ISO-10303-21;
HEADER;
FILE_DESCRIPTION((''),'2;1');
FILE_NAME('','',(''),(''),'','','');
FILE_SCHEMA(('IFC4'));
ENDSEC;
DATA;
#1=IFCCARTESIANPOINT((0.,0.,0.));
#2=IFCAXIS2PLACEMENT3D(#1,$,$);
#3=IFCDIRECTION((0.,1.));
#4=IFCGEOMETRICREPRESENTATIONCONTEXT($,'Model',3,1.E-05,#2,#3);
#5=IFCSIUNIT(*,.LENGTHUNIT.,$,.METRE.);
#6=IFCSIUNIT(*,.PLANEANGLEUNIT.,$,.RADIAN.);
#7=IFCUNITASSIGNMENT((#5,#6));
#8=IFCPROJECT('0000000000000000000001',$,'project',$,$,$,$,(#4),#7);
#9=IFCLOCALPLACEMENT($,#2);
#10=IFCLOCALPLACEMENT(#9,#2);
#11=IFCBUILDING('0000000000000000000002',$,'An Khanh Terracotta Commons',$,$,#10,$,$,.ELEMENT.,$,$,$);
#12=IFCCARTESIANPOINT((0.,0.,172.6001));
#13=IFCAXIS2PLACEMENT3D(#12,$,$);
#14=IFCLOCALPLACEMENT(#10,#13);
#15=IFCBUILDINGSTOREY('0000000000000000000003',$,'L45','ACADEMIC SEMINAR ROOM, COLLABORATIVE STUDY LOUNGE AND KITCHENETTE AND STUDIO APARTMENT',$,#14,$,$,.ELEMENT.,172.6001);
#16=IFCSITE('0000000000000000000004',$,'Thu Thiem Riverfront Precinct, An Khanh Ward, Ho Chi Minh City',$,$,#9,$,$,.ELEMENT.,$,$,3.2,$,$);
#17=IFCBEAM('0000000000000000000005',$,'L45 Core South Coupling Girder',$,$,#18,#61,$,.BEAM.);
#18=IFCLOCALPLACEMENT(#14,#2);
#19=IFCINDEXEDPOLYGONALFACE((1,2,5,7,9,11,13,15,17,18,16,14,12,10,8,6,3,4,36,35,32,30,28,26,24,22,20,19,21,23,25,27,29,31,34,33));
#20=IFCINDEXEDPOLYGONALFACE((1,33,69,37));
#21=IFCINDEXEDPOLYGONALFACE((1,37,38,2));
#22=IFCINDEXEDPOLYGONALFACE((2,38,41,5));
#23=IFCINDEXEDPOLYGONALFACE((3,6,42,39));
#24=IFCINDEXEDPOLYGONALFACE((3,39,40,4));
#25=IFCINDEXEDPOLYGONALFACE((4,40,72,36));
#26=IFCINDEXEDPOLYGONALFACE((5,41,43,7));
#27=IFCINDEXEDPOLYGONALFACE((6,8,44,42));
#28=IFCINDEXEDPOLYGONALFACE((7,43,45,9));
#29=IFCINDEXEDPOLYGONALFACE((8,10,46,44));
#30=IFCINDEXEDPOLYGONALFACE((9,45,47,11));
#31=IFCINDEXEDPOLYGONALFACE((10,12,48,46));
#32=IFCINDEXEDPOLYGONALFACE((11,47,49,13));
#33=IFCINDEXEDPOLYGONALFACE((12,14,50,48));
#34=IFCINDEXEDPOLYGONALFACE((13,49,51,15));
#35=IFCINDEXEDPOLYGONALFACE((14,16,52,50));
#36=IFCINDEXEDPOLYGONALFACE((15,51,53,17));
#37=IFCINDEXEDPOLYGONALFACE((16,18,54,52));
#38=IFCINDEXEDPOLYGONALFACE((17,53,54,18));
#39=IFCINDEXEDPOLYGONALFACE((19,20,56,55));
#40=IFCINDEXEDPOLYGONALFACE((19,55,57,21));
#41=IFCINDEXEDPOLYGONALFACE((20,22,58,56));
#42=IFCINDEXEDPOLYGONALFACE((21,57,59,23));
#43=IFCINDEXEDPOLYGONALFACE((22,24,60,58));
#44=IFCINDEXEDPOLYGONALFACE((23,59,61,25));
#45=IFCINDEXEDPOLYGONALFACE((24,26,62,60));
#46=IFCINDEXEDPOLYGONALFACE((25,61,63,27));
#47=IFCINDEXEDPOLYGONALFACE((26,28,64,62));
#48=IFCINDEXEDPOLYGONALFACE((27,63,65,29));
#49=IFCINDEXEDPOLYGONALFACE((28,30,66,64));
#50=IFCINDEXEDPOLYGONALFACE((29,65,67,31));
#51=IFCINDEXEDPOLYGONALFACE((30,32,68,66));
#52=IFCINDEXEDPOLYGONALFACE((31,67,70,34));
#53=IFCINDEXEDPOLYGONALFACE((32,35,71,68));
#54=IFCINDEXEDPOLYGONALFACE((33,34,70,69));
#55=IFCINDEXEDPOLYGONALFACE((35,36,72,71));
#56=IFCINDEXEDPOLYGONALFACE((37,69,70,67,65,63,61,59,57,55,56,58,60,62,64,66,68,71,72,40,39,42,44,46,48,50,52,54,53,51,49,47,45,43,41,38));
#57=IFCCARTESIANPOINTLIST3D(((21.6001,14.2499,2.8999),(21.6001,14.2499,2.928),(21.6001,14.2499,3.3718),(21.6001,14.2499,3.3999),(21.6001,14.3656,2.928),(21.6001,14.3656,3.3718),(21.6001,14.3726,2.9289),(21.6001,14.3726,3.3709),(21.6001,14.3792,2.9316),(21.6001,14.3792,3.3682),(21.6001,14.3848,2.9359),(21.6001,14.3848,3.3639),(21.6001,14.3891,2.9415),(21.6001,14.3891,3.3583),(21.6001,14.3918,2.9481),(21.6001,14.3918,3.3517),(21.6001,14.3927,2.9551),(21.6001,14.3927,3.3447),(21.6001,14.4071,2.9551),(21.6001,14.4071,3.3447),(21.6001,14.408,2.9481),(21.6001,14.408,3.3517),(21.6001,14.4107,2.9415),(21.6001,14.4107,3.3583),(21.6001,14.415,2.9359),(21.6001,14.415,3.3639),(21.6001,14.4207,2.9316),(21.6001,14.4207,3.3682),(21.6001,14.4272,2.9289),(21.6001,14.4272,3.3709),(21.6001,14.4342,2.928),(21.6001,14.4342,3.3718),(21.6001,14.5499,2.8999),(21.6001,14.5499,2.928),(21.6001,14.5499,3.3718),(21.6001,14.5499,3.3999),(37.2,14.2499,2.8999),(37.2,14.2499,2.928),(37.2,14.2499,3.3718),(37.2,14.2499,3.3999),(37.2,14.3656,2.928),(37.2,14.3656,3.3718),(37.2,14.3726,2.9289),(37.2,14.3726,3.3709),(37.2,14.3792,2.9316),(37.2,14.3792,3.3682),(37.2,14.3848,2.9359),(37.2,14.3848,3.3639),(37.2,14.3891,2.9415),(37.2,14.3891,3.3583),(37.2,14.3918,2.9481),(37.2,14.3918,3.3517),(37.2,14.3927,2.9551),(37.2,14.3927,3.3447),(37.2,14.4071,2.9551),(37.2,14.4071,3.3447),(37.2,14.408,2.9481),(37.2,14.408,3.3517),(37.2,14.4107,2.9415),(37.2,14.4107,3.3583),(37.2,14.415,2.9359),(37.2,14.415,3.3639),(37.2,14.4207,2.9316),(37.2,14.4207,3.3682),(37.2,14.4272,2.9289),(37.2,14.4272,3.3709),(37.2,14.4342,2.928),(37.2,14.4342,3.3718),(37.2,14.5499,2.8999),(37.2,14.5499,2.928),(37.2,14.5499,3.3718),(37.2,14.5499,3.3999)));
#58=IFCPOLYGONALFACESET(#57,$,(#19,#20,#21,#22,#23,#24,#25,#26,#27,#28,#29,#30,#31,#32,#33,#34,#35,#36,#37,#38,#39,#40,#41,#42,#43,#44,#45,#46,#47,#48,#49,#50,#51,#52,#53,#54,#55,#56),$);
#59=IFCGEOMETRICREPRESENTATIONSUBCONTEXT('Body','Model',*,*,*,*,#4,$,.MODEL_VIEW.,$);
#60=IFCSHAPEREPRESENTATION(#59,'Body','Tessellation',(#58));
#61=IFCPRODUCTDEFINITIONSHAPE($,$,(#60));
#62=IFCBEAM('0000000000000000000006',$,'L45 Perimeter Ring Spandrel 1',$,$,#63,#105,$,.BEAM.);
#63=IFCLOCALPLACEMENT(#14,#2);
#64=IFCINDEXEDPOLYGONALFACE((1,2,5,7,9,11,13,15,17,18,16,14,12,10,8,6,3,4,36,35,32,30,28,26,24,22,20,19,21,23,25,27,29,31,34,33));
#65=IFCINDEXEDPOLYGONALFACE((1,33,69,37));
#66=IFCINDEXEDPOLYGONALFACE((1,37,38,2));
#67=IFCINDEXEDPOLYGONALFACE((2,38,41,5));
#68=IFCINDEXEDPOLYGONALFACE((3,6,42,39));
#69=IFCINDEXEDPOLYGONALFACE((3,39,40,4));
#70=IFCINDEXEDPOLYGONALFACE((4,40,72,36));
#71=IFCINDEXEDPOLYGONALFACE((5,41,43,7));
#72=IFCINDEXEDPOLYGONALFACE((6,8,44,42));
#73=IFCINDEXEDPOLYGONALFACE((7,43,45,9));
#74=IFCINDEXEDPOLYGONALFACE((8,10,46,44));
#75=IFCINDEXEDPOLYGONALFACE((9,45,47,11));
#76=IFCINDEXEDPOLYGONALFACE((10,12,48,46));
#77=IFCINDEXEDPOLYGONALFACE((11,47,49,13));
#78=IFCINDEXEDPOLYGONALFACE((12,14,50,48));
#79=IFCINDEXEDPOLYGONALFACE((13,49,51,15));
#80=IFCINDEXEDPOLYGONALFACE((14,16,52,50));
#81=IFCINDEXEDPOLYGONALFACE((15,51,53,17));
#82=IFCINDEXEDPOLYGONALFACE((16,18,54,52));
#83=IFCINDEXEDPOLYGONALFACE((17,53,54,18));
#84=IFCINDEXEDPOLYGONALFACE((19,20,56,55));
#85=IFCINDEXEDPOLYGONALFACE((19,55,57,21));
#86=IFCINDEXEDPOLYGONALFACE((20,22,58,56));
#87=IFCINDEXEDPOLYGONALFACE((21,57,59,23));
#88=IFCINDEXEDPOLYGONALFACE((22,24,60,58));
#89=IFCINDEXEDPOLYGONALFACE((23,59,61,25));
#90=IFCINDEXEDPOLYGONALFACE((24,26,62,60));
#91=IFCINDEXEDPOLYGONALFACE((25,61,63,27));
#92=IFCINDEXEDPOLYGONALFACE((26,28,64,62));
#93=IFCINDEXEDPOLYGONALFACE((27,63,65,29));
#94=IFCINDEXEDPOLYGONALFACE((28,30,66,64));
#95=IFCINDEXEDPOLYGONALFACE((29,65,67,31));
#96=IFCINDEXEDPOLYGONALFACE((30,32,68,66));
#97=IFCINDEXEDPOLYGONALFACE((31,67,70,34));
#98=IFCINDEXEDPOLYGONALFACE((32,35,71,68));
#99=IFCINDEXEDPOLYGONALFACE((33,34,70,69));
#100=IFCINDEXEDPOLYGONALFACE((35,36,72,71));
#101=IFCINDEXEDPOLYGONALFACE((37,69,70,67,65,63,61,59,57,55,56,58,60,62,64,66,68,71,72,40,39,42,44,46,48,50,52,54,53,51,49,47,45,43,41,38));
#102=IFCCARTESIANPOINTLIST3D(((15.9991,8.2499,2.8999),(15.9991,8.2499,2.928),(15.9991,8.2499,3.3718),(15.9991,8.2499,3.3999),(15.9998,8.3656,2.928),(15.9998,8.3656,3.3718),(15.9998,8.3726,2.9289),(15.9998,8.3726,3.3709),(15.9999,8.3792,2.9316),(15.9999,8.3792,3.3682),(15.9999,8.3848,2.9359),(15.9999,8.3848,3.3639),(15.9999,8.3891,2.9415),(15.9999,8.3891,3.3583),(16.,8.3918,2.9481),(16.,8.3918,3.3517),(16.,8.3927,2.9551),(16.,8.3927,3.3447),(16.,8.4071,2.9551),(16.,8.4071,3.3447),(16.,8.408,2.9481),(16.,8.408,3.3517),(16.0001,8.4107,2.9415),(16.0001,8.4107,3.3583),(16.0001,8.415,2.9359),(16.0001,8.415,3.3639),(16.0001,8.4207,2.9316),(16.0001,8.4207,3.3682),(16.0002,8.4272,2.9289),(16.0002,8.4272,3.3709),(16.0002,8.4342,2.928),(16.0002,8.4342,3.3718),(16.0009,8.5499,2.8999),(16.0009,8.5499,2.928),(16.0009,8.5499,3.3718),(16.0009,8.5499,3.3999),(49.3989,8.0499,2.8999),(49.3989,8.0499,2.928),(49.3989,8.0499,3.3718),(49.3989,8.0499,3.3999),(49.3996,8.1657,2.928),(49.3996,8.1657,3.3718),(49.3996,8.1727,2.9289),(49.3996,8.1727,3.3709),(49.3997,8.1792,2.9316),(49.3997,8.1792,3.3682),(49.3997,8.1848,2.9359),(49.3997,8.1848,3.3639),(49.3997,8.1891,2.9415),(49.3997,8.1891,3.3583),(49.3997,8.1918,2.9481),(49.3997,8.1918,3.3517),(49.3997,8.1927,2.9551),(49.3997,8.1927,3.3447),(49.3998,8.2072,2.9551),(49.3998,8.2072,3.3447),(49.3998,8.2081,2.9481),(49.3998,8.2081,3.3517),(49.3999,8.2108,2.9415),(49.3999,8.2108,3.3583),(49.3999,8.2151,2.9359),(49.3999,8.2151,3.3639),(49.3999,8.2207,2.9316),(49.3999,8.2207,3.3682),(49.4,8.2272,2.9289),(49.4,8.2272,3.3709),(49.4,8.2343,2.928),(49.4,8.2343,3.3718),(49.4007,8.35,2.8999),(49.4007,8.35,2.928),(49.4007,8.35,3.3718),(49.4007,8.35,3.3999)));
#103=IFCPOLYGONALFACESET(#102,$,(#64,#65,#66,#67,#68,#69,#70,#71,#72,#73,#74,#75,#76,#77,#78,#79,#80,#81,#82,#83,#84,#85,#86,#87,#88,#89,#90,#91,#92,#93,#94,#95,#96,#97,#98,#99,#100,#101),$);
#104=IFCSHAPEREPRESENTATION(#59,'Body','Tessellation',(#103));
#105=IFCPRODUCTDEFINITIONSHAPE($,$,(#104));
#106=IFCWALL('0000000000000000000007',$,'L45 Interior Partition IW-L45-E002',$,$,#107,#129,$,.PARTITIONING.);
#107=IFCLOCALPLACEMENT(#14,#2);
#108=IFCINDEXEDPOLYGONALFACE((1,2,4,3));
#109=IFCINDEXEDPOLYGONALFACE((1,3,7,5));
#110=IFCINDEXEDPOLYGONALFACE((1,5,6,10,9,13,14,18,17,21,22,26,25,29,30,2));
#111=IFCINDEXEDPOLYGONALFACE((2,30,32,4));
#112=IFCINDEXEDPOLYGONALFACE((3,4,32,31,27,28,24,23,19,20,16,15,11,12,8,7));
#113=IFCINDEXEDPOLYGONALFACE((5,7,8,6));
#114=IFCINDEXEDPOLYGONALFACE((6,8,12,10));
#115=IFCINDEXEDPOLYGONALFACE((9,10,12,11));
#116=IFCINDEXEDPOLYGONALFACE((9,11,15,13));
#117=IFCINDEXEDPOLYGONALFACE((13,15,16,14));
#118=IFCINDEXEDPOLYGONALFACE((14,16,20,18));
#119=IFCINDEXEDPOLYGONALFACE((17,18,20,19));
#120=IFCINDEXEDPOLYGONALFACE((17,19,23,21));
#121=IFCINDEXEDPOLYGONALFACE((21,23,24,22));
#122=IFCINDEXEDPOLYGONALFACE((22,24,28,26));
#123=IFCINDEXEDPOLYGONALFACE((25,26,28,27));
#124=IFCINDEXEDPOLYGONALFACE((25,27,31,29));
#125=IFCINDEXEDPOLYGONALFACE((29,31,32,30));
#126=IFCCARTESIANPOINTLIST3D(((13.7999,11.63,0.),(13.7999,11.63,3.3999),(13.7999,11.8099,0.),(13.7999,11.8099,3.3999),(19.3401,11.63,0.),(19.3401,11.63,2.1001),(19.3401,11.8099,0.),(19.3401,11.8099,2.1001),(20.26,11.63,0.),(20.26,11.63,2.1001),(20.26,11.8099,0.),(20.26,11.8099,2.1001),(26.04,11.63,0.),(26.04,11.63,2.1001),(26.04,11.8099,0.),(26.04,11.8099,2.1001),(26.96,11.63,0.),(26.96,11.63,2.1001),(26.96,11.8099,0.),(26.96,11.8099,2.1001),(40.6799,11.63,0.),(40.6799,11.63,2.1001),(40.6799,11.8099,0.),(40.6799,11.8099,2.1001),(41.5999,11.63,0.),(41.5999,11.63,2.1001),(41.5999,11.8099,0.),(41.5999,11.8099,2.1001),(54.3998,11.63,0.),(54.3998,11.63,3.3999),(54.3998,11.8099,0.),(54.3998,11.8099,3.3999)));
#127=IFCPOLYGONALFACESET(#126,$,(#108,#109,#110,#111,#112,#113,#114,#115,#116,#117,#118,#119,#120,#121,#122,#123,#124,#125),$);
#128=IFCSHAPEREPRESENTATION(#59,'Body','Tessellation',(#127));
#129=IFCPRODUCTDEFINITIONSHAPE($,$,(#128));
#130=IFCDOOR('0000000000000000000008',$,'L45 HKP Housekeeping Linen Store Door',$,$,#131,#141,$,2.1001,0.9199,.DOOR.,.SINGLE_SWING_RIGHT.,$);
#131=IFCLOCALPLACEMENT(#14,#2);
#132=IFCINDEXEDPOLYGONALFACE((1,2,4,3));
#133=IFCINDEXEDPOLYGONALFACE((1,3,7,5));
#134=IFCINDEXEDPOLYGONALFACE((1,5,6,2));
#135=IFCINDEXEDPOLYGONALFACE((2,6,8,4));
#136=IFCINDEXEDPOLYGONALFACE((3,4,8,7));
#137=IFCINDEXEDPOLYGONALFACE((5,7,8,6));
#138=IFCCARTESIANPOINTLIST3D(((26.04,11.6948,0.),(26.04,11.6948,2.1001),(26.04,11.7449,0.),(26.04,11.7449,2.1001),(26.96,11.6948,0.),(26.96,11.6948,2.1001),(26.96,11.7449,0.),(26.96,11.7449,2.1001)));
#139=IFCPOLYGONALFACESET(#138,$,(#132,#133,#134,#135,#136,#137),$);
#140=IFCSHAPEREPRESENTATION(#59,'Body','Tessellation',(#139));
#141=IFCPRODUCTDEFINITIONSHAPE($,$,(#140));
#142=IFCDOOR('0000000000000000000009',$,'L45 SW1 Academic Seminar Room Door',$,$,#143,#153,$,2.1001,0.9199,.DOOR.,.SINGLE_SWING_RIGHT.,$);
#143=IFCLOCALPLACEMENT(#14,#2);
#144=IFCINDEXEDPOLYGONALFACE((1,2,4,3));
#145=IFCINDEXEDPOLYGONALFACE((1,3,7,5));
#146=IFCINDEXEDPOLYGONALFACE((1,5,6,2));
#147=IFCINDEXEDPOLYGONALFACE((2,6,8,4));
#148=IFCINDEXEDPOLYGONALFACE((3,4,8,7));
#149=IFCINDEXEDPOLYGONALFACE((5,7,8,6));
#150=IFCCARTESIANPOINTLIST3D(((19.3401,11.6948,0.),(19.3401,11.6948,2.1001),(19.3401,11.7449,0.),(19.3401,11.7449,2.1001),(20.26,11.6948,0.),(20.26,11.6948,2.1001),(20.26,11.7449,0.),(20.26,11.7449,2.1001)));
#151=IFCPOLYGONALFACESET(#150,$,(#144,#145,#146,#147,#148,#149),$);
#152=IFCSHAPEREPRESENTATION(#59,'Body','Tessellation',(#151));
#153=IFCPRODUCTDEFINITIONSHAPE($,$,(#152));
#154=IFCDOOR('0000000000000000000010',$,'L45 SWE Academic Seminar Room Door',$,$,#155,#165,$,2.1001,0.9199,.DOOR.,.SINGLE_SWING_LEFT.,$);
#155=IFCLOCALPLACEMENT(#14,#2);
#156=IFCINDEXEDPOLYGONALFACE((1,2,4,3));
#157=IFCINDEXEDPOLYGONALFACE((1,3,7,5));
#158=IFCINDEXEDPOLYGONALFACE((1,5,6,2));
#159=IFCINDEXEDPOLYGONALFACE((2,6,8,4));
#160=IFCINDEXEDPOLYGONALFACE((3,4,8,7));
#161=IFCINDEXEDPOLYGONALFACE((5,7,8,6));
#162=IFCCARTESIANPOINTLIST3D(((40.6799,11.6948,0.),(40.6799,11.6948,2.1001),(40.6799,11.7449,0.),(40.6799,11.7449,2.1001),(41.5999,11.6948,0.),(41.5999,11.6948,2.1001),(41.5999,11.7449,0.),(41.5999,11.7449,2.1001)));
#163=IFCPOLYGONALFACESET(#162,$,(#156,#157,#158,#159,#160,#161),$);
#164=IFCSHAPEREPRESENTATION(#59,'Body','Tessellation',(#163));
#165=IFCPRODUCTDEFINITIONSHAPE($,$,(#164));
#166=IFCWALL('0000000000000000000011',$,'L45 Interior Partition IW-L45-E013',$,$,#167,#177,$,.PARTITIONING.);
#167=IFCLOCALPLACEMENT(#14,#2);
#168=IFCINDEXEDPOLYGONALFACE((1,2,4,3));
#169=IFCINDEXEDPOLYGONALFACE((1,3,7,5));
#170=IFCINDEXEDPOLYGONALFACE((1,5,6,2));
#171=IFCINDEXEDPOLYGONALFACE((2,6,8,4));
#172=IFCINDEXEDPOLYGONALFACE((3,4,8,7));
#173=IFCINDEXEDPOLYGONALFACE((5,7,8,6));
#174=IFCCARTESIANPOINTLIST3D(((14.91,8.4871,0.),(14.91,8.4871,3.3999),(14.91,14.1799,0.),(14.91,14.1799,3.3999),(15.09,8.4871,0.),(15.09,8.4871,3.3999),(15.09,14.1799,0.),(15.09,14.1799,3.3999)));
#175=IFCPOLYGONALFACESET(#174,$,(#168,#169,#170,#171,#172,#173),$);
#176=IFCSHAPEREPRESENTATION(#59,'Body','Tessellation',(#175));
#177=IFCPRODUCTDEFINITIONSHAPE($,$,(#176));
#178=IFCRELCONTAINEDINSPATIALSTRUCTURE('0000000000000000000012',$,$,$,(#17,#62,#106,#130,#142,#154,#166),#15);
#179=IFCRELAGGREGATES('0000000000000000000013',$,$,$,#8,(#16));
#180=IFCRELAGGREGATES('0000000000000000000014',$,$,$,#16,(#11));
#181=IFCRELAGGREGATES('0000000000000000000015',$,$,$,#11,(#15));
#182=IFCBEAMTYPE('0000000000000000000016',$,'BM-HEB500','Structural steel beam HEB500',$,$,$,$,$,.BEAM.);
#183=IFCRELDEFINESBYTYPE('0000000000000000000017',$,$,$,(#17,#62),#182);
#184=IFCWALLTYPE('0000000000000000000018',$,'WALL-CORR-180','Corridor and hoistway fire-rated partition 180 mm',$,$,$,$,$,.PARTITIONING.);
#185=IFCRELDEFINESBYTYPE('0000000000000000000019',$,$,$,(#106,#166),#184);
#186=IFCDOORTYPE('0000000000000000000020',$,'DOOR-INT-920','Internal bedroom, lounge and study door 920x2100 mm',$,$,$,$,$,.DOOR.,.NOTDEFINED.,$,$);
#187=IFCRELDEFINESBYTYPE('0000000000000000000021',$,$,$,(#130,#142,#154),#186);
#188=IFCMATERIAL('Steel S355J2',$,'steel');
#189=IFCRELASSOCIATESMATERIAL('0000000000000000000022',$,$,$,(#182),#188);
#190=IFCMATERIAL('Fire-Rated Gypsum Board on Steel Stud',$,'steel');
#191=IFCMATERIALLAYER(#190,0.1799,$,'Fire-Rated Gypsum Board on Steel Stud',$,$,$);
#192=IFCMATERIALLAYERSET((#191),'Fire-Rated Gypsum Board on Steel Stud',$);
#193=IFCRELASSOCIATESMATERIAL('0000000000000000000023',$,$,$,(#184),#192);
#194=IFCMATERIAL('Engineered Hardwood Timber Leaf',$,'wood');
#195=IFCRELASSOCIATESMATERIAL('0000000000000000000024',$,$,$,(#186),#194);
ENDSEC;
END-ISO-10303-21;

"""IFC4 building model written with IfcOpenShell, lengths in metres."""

from ifc_helpers import new_model, si_unit, direction, frame, frame_2d, origin, origin_2d, place, context, subcontext, project, spatial, rectangle, i_section, extrude, material, layer, layer_set, material_profile, profile_set, type_object, element, fill, save


model = new_model("IFC4")

# Units and contexts
model_context = context("Model", 3, precision=1e-05, world=origin(), true_north=direction((0.0, 1.0)))
body_context = subcontext(model_context, "Body", "Model", "MODEL_VIEW")
ifc_project = project(units=[si_unit("LENGTHUNIT", "METRE"), si_unit("PLANEANGLEUNIT", "RADIAN")], contexts=[model_context])

# Site, building, storey
site_placement = place(None, origin())
site = spatial("IfcSite", under=ifc_project, at=site_placement, Name="Thu Thiem Riverfront Precinct, An Khanh Ward, Ho Chi Minh City", CompositionType="ELEMENT", RefElevation=3.2)
building_placement = place(site_placement, origin())
building = spatial("IfcBuilding", under=site, at=building_placement, Name="An Khanh Terracotta Commons", CompositionType="ELEMENT")
storey_placement = place(building_placement, frame((0.0, 0.0, 172.6001)))
storey = spatial("IfcBuildingStorey", under=building, at=storey_placement, Name="L45", Description="ACADEMIC SEMINAR ROOM, COLLABORATIVE STUDY LOUNGE AND KITCHENETTE AND STUDIO APARTMENT", CompositionType="ELEMENT", Elevation=172.6001)

# Beams
ifc_material_1 = material(Name="Steel S355J2", Category="steel")
ifc_material_profile_1 = material_profile(ifc_material_1, i_section(OverallWidth=0.3, OverallDepth=0.5, WebThickness=0.0144, FlangeThickness=0.0281, FilletRadius=0.0271, at=origin_2d()), Name="HEB500")
ifc_profile_set_1 = profile_set([ifc_material_profile_1], Name="Steel S355J2")
beam_type_1 = type_object("IfcBeamType", Name="BM-HEB500", Description="Structural steel beam HEB500", PredefinedType="BEAM", material=ifc_profile_set_1)
beam_1_placement = place(storey_placement, frame((21.6001, 14.3999, 3.1499), z_axis=(1.0, 0.0, 0.0), x_axis=(0.0, 1.0, 0.0)))
element("IfcBeam", 1, at=beam_1_placement, inside=storey, type_object=beam_type_1, Name="L45 Core South Coupling Girder", PredefinedType="BEAM", context=body_context, shape_type="SweptSolid", body=[
    extrude(i_section(OverallWidth=0.3, OverallDepth=0.5, WebThickness=0.0144, FlangeThickness=0.0281, FilletRadius=0.0271, at=origin_2d()), origin(), (0.0, 0.0, 1.0), 15.5999),
])
beam_2_placement = place(storey_placement, frame((16.0, 8.3999, 3.1499), z_axis=(0.999982, -0.005986, 0.0), x_axis=(0.005986, 0.999982, 0.0)))
element("IfcBeam", 2, at=beam_2_placement, inside=storey, type_object=beam_type_1, Name="L45 Perimeter Ring Spandrel 1", PredefinedType="BEAM", context=body_context, shape_type="SweptSolid", body=[
    extrude(i_section(OverallWidth=0.3, OverallDepth=0.5, WebThickness=0.0144, FlangeThickness=0.0281, FilletRadius=0.0271, at=origin_2d()), origin(), (0.0, 0.0, 1.0), 33.4004),
])

# Wall, openings, doors
ifc_material_2 = material(Name="Fire-Rated Gypsum Board on Steel Stud", Category="steel")
ifc_layer_1 = layer(ifc_material_2, 0.1799, Name="Fire-Rated Gypsum Board on Steel Stud")
ifc_layer_set_1 = layer_set([ifc_layer_1], Name="Fire-Rated Gypsum Board on Steel Stud")
wall_type_1 = type_object("IfcWallType", Name="WALL-CORR-180", Description="Corridor and hoistway fire-rated partition 180 mm", PredefinedType="PARTITIONING", material=ifc_layer_set_1)
wall_1_placement = place(storey_placement, frame((13.8, 11.72, 0.0), z_axis=(0.0, 0.0, 1.0), x_axis=(1.0, 0.0, 0.0)))
wall_1 = element("IfcWall", 3, at=wall_1_placement, inside=storey, type_object=wall_type_1, Name="L45 Interior Partition IW-L45-E002", PredefinedType="PARTITIONING", context=body_context, shape_type="SweptSolid", body=[
    extrude(rectangle(XDim=40.5999, YDim=0.1799, at=frame_2d((20.2998, 0.0))), origin(), (0.0, 0.0, 1.0), 3.3999),
])
opening_1_placement = place(wall_1_placement, frame((12.24, 0.0, 0.0)))
opening_1 = element("IfcOpeningElement", 4, at=opening_1_placement, cuts=wall_1, PredefinedType="OPENING", context=body_context, shape_type="SweptSolid", body=[
    extrude(rectangle(XDim=0.9199, YDim=2.1001, at=frame_2d((0.46, 1.05))), frame((0.0, 0.0999, 0.0), z_axis=(0.0, -1.0, 0.0), x_axis=(1.0, 0.0, 0.0)), (0.0, 0.0, 1.0), 0.2),
])
opening_2_placement = place(wall_1_placement, frame((5.54, 0.0, 0.0)))
opening_2 = element("IfcOpeningElement", 5, at=opening_2_placement, cuts=wall_1, PredefinedType="OPENING", context=body_context, shape_type="SweptSolid", body=[
    extrude(rectangle(XDim=0.9199, YDim=2.1001, at=frame_2d((0.46, 1.05))), frame((0.0, 0.0999, 0.0), z_axis=(0.0, -1.0, 0.0), x_axis=(1.0, 0.0, 0.0)), (0.0, 0.0, 1.0), 0.2),
])
opening_3_placement = place(wall_1_placement, frame((26.8799, 0.0, 0.0)))
opening_3 = element("IfcOpeningElement", 6, at=opening_3_placement, cuts=wall_1, PredefinedType="OPENING", context=body_context, shape_type="SweptSolid", body=[
    extrude(rectangle(XDim=0.9199, YDim=2.1001, at=frame_2d((0.46, 1.05))), frame((0.0, 0.0999, 0.0), z_axis=(0.0, -1.0, 0.0), x_axis=(1.0, 0.0, 0.0)), (0.0, 0.0, 1.0), 0.2),
])
ifc_material_3 = material(Name="Engineered Hardwood Timber Leaf", Category="wood")
door_type_1 = type_object("IfcDoorType", Name="DOOR-INT-920", Description="Internal bedroom, lounge and study door 920x2100 mm", OperationType="NOTDEFINED", PredefinedType="DOOR", material=ifc_material_3)
door_1_placement = place(opening_1_placement, origin())
door_1 = element("IfcDoor", 7, at=door_1_placement, inside=storey, type_object=door_type_1, Name="L45 HKP Housekeeping Linen Store Door", OperationType="SINGLE_SWING_RIGHT", OverallHeight=2.1001, OverallWidth=0.9199, PredefinedType="DOOR", context=body_context, shape_type="SweptSolid", body=[
    extrude(rectangle(XDim=0.9199, YDim=2.1001, at=frame_2d((0.46, 1.05))), frame((0.0, 0.0249, 0.0), z_axis=(0.0, -1.0, 0.0), x_axis=(1.0, 0.0, 0.0)), (0.0, 0.0, 1.0), 0.05),
])
fill(opening_1, door_1)
door_2_placement = place(opening_2_placement, origin())
door_2 = element("IfcDoor", 8, at=door_2_placement, inside=storey, type_object=door_type_1, Name="L45 SW1 Academic Seminar Room Door", OperationType="SINGLE_SWING_RIGHT", OverallHeight=2.1001, OverallWidth=0.9199, PredefinedType="DOOR", context=body_context, shape_type="SweptSolid", body=[
    extrude(rectangle(XDim=0.9199, YDim=2.1001, at=frame_2d((0.46, 1.05))), frame((0.0, 0.0249, 0.0), z_axis=(0.0, -1.0, 0.0), x_axis=(1.0, 0.0, 0.0)), (0.0, 0.0, 1.0), 0.05),
])
fill(opening_2, door_2)
door_3_placement = place(opening_3_placement, origin())
door_3 = element("IfcDoor", 9, at=door_3_placement, inside=storey, type_object=door_type_1, Name="L45 SWE Academic Seminar Room Door", OperationType="SINGLE_SWING_LEFT", OverallHeight=2.1001, OverallWidth=0.9199, PredefinedType="DOOR", context=body_context, shape_type="SweptSolid", body=[
    extrude(rectangle(XDim=0.9199, YDim=2.1001, at=frame_2d((0.46, 1.05))), frame((0.0, 0.0249, 0.0), z_axis=(0.0, -1.0, 0.0), x_axis=(1.0, 0.0, 0.0)), (0.0, 0.0, 1.0), 0.05),
])
fill(opening_3, door_3)

# Wall
wall_2_placement = place(storey_placement, frame((15.0, 8.4871, 0.0), z_axis=(0.0, 0.0, 1.0), x_axis=(0.0, 1.0, 0.0)))
element("IfcWall", 10, at=wall_2_placement, inside=storey, type_object=wall_type_1, Name="L45 Interior Partition IW-L45-E013", PredefinedType="PARTITIONING", context=body_context, shape_type="SweptSolid", body=[
    extrude(rectangle(XDim=5.6929, YDim=0.1799, at=frame_2d((2.8464, 0.0))), origin(), (0.0, 0.0, 1.0), 3.3999),
])

save(model, "model.ifc")
